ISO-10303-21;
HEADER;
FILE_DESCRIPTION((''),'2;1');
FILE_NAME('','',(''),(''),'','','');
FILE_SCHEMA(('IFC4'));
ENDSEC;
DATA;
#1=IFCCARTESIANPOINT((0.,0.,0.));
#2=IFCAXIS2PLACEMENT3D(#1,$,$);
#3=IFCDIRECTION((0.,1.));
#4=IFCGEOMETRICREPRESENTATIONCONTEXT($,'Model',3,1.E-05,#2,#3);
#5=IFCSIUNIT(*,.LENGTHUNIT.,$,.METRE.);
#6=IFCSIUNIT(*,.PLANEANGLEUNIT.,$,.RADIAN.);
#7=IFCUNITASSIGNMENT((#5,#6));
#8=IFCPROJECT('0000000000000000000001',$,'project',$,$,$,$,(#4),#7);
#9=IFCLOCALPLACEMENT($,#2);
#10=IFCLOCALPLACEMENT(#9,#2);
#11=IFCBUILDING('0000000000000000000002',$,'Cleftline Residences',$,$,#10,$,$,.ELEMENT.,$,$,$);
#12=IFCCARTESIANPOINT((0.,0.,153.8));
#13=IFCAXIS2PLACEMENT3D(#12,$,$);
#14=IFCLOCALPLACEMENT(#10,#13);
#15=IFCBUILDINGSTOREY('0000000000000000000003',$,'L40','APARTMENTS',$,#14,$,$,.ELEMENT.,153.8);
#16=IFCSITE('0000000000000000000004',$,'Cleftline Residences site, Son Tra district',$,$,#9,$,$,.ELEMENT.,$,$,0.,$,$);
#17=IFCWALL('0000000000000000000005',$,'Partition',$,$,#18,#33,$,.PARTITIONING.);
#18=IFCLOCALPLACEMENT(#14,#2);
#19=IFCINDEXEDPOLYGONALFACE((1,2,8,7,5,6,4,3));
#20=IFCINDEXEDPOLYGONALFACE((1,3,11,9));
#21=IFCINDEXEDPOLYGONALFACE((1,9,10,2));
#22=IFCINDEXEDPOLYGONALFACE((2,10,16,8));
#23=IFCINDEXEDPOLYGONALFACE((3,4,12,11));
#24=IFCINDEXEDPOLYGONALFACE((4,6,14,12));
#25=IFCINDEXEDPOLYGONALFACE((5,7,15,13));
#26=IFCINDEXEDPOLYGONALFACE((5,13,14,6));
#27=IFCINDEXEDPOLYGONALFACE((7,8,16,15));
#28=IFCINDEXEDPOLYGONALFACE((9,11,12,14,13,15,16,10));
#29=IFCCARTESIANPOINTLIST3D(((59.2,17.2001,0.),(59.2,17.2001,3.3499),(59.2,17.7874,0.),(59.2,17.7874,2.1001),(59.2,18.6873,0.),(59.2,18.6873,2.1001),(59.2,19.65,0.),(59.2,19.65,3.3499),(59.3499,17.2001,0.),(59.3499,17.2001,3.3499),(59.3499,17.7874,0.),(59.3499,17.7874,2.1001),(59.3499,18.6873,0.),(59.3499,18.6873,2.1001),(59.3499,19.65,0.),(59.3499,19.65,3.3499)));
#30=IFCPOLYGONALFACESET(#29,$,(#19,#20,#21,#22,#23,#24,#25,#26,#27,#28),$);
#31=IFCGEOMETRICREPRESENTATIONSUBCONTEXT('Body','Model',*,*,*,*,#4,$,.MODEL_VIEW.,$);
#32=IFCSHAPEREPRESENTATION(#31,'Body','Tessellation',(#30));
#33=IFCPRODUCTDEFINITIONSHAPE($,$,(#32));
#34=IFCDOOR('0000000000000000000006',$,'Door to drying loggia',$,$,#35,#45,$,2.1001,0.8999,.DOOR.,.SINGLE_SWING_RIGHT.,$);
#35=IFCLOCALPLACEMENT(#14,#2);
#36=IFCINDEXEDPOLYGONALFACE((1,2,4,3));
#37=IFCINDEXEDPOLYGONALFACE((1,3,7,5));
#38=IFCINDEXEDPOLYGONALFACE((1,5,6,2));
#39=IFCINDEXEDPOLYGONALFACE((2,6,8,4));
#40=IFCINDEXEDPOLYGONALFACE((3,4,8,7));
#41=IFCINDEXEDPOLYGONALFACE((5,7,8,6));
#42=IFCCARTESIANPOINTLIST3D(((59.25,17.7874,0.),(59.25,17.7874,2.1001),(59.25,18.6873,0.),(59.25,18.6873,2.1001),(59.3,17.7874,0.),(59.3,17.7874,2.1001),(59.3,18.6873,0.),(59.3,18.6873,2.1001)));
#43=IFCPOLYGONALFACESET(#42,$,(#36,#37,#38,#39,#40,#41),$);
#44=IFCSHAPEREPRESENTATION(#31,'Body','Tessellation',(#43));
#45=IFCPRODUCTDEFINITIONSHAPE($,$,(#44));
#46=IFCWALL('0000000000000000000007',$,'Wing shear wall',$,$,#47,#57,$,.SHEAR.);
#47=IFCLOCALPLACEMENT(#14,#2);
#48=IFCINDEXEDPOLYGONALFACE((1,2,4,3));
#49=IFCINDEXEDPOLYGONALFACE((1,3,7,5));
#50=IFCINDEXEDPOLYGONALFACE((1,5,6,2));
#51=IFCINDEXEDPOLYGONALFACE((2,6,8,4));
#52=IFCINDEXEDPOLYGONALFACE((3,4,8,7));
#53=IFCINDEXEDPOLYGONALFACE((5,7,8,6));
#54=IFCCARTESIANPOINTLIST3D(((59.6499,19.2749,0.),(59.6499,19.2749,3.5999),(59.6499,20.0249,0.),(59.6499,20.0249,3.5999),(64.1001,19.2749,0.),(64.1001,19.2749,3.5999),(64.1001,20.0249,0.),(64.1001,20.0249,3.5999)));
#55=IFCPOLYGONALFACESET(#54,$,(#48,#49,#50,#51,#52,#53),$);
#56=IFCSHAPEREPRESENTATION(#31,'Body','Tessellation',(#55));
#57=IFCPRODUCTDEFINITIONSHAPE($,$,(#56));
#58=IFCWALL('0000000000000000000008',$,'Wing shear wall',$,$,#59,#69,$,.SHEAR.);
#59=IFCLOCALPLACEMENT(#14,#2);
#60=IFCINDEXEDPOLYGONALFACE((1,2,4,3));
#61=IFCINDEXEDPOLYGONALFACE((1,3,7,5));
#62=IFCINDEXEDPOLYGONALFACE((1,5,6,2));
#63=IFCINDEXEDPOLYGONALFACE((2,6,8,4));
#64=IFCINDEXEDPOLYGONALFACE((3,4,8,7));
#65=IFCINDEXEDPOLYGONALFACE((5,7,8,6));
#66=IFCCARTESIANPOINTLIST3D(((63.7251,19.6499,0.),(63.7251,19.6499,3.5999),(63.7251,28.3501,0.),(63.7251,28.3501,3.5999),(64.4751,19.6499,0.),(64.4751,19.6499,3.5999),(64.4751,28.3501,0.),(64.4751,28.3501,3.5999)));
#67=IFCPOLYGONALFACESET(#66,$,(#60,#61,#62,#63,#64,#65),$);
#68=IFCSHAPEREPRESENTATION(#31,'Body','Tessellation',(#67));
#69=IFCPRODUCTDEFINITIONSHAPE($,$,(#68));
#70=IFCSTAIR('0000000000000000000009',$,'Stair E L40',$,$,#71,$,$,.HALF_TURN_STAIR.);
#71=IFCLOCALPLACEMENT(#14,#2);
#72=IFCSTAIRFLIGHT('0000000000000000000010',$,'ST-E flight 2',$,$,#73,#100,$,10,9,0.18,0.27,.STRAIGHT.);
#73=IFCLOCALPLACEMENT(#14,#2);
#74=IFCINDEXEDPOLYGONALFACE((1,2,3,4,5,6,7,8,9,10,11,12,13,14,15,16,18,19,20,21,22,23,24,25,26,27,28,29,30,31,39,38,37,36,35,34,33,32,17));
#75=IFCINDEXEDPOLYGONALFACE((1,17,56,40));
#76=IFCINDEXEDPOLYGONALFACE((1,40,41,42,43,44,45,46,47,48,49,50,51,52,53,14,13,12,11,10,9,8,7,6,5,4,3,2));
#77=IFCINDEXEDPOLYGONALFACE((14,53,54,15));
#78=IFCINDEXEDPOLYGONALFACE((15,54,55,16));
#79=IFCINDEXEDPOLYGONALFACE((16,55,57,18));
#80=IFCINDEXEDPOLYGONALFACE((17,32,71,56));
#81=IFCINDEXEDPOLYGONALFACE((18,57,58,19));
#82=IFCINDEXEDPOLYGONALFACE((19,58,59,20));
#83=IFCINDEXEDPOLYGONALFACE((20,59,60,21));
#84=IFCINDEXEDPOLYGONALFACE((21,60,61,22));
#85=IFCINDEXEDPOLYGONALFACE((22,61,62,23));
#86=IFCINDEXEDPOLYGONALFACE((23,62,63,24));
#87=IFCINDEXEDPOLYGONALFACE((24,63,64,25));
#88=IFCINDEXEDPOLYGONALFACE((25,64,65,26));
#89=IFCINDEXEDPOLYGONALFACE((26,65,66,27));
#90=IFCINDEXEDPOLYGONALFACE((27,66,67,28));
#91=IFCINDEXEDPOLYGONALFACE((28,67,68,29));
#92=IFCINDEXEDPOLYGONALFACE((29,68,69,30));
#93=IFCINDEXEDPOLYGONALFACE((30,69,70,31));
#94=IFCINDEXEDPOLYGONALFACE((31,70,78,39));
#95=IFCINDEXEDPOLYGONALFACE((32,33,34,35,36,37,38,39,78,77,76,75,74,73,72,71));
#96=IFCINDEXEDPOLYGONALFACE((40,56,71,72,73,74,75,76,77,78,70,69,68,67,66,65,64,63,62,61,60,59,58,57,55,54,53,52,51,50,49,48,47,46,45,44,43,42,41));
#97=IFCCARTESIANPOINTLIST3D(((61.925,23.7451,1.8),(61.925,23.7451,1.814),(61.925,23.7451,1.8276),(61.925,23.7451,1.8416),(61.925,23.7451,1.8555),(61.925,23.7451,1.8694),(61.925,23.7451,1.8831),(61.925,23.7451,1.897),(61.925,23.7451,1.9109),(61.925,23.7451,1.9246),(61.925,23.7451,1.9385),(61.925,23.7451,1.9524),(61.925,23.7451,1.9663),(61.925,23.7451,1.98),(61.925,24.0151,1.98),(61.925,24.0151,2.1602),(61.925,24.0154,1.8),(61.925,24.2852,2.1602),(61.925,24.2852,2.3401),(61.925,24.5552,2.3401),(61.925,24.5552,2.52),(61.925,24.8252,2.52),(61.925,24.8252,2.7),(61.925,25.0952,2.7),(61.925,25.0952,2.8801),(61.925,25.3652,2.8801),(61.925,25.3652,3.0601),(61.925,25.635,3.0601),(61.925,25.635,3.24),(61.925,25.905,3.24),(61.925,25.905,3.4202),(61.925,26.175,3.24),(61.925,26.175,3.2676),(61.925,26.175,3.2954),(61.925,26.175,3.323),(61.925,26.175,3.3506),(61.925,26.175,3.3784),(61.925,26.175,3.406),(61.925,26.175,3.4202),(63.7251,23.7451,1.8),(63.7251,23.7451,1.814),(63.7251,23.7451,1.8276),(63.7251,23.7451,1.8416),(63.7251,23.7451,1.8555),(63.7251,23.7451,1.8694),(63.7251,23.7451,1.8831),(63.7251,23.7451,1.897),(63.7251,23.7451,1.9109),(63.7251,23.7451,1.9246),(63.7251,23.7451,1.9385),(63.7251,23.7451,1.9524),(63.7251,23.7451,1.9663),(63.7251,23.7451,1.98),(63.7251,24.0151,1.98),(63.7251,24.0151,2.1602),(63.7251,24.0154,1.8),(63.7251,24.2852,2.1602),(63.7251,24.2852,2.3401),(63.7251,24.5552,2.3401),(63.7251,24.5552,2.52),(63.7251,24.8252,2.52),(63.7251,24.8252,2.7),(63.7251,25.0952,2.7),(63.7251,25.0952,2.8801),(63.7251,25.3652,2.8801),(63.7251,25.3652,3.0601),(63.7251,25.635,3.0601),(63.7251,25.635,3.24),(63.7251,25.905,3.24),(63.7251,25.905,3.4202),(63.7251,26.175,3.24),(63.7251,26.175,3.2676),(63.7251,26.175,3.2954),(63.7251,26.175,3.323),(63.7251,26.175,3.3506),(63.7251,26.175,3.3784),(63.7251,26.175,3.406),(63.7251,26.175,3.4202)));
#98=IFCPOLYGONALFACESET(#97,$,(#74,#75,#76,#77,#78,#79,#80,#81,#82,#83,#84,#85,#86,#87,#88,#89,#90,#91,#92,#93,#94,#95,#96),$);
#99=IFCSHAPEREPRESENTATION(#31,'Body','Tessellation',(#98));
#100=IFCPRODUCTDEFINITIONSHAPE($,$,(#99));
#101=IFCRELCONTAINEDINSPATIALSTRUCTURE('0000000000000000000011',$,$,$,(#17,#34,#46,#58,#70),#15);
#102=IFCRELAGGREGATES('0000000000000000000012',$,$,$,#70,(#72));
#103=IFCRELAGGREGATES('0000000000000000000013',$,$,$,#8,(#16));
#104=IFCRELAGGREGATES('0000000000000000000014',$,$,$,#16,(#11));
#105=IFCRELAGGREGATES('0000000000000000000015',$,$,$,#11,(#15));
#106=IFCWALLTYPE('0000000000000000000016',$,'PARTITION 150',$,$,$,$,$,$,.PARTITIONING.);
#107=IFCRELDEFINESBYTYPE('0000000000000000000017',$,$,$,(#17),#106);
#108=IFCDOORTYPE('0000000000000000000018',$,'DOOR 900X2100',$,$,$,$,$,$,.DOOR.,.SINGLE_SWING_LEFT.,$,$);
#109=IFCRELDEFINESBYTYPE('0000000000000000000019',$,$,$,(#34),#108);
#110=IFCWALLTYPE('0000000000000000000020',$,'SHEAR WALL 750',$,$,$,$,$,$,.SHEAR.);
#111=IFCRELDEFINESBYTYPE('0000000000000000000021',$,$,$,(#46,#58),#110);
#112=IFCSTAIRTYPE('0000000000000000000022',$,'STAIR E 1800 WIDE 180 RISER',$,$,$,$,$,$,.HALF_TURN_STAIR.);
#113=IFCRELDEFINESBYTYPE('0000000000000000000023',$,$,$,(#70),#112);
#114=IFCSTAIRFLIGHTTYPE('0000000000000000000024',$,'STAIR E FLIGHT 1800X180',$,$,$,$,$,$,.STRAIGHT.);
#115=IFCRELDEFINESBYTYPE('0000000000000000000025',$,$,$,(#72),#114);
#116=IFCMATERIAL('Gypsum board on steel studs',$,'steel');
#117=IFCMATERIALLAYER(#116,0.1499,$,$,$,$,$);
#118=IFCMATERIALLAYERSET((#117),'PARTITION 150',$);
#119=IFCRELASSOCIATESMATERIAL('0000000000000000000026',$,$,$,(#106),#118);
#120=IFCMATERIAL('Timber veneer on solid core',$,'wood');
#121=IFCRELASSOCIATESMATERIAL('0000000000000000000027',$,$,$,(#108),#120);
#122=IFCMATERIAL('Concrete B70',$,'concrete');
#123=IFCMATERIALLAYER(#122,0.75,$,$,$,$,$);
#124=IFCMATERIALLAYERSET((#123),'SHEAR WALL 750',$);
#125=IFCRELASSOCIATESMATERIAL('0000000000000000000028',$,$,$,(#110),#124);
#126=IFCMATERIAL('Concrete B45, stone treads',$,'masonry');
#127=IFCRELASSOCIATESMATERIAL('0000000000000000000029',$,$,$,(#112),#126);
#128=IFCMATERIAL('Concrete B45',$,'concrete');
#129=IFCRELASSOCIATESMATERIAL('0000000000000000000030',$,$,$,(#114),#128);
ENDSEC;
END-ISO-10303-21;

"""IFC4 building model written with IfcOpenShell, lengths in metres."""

from ifc_helpers import new_model, si_unit, direction, frame, frame_2d, origin, place, context, subcontext, project, spatial, polyline, rectangle, outline, extrude, material, layer, layer_set, type_object, element, fill, aggregate, save


model = new_model("IFC4")

# Units and contexts
model_context = context("Model", 3, precision=1e-05, world=origin(), true_north=direction((0.0, 1.0)))
body_context = subcontext(model_context, "Body", "Model", "MODEL_VIEW")
ifc_project = project(units=[si_unit("LENGTHUNIT", "METRE"), si_unit("PLANEANGLEUNIT", "RADIAN")], contexts=[model_context])

# Site, building, storey
site_placement = place(None, origin())
site = spatial("IfcSite", under=ifc_project, at=site_placement, Name="Cleftline Residences site, Son Tra district", CompositionType="ELEMENT", RefElevation=0.0)
building_placement = place(site_placement, origin())
building = spatial("IfcBuilding", under=site, at=building_placement, Name="Cleftline Residences", CompositionType="ELEMENT")
storey_placement = place(building_placement, frame((0.0, 0.0, 153.8)))
storey = spatial("IfcBuildingStorey", under=building, at=storey_placement, Name="L40", Description="APARTMENTS", CompositionType="ELEMENT", Elevation=153.8)

# Shared definitions
ifc_material_1 = material(Name="Gypsum board on steel studs", Category="steel")
ifc_layer_1 = layer(ifc_material_1, 0.1499)
ifc_layer_set_1 = layer_set([ifc_layer_1], Name="PARTITION 150")
wall_type_1 = type_object("IfcWallType", Name="PARTITION 150", PredefinedType="PARTITIONING", material=ifc_layer_set_1)

# Wall, opening, door
wall_1_placement = place(storey_placement, frame((59.2749, 17.2, 0.0), z_axis=(0.0, 0.0, 1.0), x_axis=(0.0, 1.0, 0.0)))
wall_1 = element("IfcWall", 1, at=wall_1_placement, inside=storey, type_object=wall_type_1, Name="Partition", PredefinedType="PARTITIONING", context=body_context, shape_type="SweptSolid", body=[
    extrude(rectangle(XDim=2.45, YDim=0.1499, at=frame_2d((1.2251, 0.0))), origin(), (0.0, 0.0, 1.0), 3.3499),
])
opening_1_placement = place(wall_1_placement, frame((0.5874, 0.0, 0.0)))
opening_1 = element("IfcOpeningElement", 2, at=opening_1_placement, cuts=wall_1, PredefinedType="OPENING", context=body_context, shape_type="SweptSolid", body=[
    extrude(rectangle(XDim=0.8999, YDim=2.1001, at=frame_2d((0.45, 1.05))), frame((0.0, 0.085, 0.0), z_axis=(0.0, -1.0, 0.0), x_axis=(1.0, 0.0, 0.0)), (0.0, 0.0, 1.0), 0.1699),
])
ifc_material_2 = material(Name="Timber veneer on solid core", Category="wood")
door_type_1 = type_object("IfcDoorType", Name="DOOR 900X2100", OperationType="SINGLE_SWING_LEFT", PredefinedType="DOOR", material=ifc_material_2)
door_1_placement = place(opening_1_placement, origin())
door_1 = element("IfcDoor", 3, at=door_1_placement, inside=storey, type_object=door_type_1, Name="Door to drying loggia", OperationType="SINGLE_SWING_RIGHT", OverallHeight=2.1001, OverallWidth=0.8999, PredefinedType="DOOR", context=body_context, shape_type="SweptSolid", body=[
    extrude(rectangle(XDim=0.8999, YDim=2.1001, at=frame_2d((0.45, 1.05))), frame((0.0, 0.0249, 0.0), z_axis=(0.0, -1.0, 0.0), x_axis=(1.0, 0.0, 0.0)), (0.0, 0.0, 1.0), 0.05),
])
fill(opening_1, door_1)

# Walls
ifc_material_3 = material(Name="Concrete B70", Category="concrete")
ifc_layer_2 = layer(ifc_material_3, 0.75)
ifc_layer_set_2 = layer_set([ifc_layer_2], Name="SHEAR WALL 750")
wall_type_2 = type_object("IfcWallType", Name="SHEAR WALL 750", PredefinedType="SHEAR", material=ifc_layer_set_2)
wall_2_placement = place(storey_placement, frame((59.6499, 19.6499, 0.0), z_axis=(0.0, 0.0, 1.0), x_axis=(1.0, 0.0, 0.0)))
element("IfcWall", 4, at=wall_2_placement, inside=storey, type_object=wall_type_2, Name="Wing shear wall", PredefinedType="SHEAR", context=body_context, shape_type="SweptSolid", body=[
    extrude(rectangle(XDim=4.4502, YDim=0.75, at=frame_2d((2.2251, 0.0))), origin(), (0.0, 0.0, 1.0), 3.5999),
])
wall_3_placement = place(storey_placement, frame((64.1001, 19.6499, 0.0), z_axis=(0.0, 0.0, 1.0), x_axis=(0.0, 1.0, 0.0)))
element("IfcWall", 5, at=wall_3_placement, inside=storey, type_object=wall_type_2, Name="Wing shear wall", PredefinedType="SHEAR", context=body_context, shape_type="SweptSolid", body=[
    extrude(rectangle(XDim=8.7002, YDim=0.75, at=frame_2d((4.3501, 0.0))), origin(), (0.0, 0.0, 1.0), 3.5999),
])

# Stair, stair flight
ifc_material_4 = material(Name="Concrete B45, stone treads", Category="masonry")
stair_type = type_object("IfcStairType", Name="STAIR E 1800 WIDE 180 RISER", PredefinedType="HALF_TURN_STAIR", material=ifc_material_4)
stair_placement = place(storey_placement, origin())
stair = element("IfcStair", 6, at=stair_placement, inside=storey, type_object=stair_type, Name="Stair E L40", PredefinedType="HALF_TURN_STAIR")
ifc_material_5 = material(Name="Concrete B45", Category="concrete")
stair_flight_type = type_object("IfcStairFlightType", Name="STAIR E FLIGHT 1800X180", PredefinedType="STRAIGHT", material=ifc_material_5)
stair_flight_placement = place(storey_placement, frame((62.825, 23.7451, 1.8), z_axis=(0.0, 0.0, 1.0), x_axis=(0.0, 1.0, 0.0)))
stair_flight = element("IfcStairFlight", 7, at=stair_flight_placement, type_object=stair_flight_type, Name="ST-E flight 2", NumberOfRisers=10, NumberOfTreads=9, PredefinedType="STRAIGHT", RiserHeight=0.18, TreadLength=0.27, context=body_context, shape_type="SweptSolid", body=[
    extrude(outline(polyline([(0.0, 0.0), (0.0, 0.0139), (0.0, 0.0276), (0.0, 0.0415), (0.0, 0.0554), (0.0, 0.0693), (0.0, 0.083), (0.0, 0.0969), (0.0, 0.1108), (0.0, 0.1245), (0.0, 0.1384), (0.0, 0.1523), (0.0, 0.1663), (0.0, 0.1799), (0.27, 0.1799), (0.27, 0.3601), (0.54, 0.3601), (0.54, 0.54), (0.8101, 0.54), (0.8101, 0.72), (1.0801, 0.72), (1.0801, 0.8999), (1.3501, 0.8999), (1.3501, 1.0801), (1.6201, 1.0801), (1.6201, 1.26), (1.8899, 1.26), (1.8899, 1.4399), (2.1599, 1.4399), (2.1599, 1.6201), (2.4299, 1.6201), (2.4299, 1.8), (2.4299, 1.7722), (2.4299, 1.7446), (2.4299, 1.7168), (2.4299, 1.6892), (2.4299, 1.6614), (2.4299, 1.6338), (2.4299, 1.606), (2.4299, 1.5784), (2.4299, 1.5505), (2.4299, 1.5229), (2.4299, 1.4954), (2.4299, 1.4675), (2.4299, 1.4399), (0.2703, 0.0), (0.0, 0.0)])), frame((0.0, 0.8999, 0.0), z_axis=(0.0, -1.0, 0.0), x_axis=(1.0, 0.0, 0.0)), (0.0, 0.0, 1.0), 1.8),
])
aggregate(stair, [stair_flight])

save(model, "model.ifc")
